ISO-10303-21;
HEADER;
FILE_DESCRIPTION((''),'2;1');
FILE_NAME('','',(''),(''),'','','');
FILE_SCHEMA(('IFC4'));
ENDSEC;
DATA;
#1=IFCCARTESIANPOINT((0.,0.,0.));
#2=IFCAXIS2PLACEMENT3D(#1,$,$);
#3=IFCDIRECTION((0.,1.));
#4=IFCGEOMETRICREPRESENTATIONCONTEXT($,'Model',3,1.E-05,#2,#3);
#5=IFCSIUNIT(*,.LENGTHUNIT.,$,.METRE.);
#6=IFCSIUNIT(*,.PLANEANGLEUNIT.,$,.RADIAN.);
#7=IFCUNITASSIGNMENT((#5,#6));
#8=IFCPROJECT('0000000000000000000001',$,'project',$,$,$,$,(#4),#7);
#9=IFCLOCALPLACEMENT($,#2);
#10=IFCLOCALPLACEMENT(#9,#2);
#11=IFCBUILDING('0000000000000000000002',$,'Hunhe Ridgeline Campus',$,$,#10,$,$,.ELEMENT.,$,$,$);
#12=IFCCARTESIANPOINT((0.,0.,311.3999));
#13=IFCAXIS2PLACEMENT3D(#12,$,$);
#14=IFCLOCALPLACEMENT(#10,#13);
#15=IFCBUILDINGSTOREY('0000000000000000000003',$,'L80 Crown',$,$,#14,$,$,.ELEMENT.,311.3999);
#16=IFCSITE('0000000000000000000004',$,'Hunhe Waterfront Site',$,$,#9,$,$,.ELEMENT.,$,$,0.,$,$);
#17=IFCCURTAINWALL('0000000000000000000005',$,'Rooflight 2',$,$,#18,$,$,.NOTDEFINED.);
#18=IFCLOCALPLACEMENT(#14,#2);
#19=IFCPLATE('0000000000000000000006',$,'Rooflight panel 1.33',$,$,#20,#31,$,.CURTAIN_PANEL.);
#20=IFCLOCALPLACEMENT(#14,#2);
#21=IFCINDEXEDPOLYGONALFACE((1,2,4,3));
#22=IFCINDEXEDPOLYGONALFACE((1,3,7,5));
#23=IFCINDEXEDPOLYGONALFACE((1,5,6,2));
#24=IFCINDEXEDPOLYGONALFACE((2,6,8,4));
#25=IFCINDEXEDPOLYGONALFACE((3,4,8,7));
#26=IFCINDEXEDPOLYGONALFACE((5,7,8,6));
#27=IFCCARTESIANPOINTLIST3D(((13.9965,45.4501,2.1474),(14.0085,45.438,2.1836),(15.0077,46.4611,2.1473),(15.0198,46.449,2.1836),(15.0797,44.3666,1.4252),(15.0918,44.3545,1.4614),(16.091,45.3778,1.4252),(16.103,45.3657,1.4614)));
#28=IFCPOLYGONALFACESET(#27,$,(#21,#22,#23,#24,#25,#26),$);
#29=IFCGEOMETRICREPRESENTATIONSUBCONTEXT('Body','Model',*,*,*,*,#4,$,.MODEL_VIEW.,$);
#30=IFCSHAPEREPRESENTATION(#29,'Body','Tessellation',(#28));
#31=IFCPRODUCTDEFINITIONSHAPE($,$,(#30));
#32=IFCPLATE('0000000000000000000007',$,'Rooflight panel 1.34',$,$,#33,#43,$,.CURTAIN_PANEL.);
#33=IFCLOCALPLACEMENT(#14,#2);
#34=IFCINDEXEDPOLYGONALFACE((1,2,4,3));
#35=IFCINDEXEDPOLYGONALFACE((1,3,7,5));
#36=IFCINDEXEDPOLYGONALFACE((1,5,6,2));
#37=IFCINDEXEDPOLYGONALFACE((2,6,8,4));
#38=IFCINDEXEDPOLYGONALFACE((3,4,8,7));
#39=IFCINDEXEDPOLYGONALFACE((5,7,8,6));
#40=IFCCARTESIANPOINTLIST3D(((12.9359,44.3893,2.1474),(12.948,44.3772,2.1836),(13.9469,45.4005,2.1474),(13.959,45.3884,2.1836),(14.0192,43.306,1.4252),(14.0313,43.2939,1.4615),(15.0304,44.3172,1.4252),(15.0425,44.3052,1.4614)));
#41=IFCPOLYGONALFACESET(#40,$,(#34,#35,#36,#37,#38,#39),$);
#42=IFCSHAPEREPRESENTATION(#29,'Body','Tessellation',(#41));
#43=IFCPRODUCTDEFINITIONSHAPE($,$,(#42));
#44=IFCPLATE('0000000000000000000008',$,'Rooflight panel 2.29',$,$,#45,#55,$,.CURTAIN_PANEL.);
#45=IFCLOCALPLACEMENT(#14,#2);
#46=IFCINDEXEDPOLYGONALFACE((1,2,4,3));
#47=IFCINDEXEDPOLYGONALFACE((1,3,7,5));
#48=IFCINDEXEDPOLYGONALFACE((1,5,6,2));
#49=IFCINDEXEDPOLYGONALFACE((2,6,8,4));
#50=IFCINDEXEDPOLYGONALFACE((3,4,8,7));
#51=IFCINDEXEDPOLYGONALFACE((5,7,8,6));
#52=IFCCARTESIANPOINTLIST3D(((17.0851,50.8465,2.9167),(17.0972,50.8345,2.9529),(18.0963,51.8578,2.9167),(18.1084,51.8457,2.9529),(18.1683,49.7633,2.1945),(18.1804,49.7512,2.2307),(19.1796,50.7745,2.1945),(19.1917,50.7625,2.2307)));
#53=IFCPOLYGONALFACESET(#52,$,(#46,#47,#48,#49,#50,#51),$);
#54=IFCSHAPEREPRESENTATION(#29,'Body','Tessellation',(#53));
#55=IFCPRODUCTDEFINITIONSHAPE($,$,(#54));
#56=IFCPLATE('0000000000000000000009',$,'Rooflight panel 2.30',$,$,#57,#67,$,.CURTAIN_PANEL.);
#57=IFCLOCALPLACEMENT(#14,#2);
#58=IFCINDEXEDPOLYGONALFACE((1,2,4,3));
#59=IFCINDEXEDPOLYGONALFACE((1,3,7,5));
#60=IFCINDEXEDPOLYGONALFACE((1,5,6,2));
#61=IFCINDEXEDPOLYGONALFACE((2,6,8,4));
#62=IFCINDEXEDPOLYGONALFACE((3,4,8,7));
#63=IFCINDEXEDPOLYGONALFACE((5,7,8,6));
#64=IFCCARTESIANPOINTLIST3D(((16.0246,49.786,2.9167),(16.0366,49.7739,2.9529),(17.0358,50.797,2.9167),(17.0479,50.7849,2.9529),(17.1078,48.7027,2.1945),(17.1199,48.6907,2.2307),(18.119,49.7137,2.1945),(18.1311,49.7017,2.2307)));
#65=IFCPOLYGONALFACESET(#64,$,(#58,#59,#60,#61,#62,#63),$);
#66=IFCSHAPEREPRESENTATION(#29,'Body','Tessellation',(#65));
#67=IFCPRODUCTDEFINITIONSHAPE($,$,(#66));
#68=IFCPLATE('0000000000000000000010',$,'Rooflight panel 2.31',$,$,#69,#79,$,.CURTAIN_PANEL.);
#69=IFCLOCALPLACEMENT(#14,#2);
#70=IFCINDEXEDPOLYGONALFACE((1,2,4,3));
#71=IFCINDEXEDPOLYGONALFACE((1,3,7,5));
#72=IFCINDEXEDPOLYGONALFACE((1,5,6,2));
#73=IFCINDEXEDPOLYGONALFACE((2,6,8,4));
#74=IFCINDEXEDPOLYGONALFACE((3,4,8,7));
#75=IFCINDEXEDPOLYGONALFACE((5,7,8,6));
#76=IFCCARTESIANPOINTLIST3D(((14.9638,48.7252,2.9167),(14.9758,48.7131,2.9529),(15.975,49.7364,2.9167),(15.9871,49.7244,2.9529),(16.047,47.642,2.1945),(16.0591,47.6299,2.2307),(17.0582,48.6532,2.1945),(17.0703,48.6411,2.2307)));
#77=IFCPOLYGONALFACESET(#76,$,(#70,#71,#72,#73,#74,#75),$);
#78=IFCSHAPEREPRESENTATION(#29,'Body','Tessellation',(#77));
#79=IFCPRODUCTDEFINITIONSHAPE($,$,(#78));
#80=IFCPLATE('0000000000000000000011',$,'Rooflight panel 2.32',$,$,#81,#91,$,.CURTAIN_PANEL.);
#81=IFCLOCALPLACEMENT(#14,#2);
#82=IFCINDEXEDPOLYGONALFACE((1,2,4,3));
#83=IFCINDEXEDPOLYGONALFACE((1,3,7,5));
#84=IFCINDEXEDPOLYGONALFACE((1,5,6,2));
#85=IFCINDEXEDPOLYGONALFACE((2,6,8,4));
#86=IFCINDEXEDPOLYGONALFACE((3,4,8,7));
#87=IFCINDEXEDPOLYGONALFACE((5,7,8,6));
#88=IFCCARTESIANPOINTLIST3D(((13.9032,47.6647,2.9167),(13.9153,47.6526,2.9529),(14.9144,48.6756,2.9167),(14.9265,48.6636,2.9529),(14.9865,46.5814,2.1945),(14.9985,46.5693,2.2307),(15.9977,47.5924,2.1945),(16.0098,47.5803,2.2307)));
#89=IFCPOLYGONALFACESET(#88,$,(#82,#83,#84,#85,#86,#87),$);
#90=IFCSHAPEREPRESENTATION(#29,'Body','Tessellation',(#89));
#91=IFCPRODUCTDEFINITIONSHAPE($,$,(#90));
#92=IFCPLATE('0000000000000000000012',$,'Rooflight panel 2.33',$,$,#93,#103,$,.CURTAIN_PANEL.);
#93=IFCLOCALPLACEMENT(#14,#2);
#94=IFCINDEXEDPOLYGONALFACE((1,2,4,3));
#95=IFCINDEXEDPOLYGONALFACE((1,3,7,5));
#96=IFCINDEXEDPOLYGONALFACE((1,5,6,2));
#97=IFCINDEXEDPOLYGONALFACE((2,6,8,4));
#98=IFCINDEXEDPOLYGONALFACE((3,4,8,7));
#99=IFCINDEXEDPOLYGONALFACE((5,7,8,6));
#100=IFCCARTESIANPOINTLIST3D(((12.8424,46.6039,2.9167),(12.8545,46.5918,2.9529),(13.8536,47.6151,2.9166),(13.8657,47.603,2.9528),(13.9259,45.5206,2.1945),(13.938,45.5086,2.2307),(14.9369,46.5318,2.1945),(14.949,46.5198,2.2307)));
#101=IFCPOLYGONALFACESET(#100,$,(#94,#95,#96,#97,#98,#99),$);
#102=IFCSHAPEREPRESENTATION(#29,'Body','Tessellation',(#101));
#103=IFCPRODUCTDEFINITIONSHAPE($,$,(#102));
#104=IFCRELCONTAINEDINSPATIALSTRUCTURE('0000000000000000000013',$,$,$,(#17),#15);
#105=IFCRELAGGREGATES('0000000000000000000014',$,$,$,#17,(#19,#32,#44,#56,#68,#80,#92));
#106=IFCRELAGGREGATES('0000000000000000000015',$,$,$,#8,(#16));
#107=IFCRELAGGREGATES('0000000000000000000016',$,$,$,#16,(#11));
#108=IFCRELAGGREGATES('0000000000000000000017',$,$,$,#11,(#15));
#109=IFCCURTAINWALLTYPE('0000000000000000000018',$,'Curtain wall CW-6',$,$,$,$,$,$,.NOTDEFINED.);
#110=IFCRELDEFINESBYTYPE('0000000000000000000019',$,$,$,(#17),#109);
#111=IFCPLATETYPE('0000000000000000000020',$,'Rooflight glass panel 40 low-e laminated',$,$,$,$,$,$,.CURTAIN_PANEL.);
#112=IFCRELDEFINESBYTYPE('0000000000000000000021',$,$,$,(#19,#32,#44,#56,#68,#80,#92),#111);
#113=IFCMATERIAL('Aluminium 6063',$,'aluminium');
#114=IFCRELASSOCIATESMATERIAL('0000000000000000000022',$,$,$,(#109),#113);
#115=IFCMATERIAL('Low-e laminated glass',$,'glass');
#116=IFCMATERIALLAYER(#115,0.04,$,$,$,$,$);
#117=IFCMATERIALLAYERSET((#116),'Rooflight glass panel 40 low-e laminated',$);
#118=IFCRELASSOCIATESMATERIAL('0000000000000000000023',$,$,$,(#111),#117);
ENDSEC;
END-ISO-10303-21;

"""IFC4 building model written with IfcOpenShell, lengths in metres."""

from ifc_helpers import new_model, si_unit, direction, frame, origin, place, context, subcontext, project, spatial, polyline, outline, extrude, material, layer, layer_set, type_object, element, aggregate, save


model = new_model("IFC4")

# Units and contexts
model_context = context("Model", 3, precision=1e-05, world=origin(), true_north=direction((0.0, 1.0)))
body_context = subcontext(model_context, "Body", "Model", "MODEL_VIEW")
ifc_project = project(units=[si_unit("LENGTHUNIT", "METRE"), si_unit("PLANEANGLEUNIT", "RADIAN")], contexts=[model_context])

# Site, building, storey
site_placement = place(None, origin())
site = spatial("IfcSite", under=ifc_project, at=site_placement, Name="Hunhe Waterfront Site", CompositionType="ELEMENT", RefElevation=0.0)
building_placement = place(site_placement, origin())
building = spatial("IfcBuilding", under=site, at=building_placement, Name="Hunhe Ridgeline Campus", CompositionType="ELEMENT")
storey_placement = place(building_placement, frame((0.0, 0.0, 311.3999)))
storey = spatial("IfcBuildingStorey", under=building, at=storey_placement, Name="L80 Crown", CompositionType="ELEMENT", Elevation=311.3999)

# Curtain wall, plates
ifc_material_1 = material(Name="Aluminium 6063", Category="aluminium")
curtain_wall_type = type_object("IfcCurtainWallType", Name="Curtain wall CW-6", PredefinedType="NOTDEFINED", material=ifc_material_1)
curtain_wall_placement = place(storey_placement, origin())
curtain_wall = element("IfcCurtainWall", 1, at=curtain_wall_placement, inside=storey, type_object=curtain_wall_type, Name="Rooflight 2", PredefinedType="NOTDEFINED")
ifc_material_2 = material(Name="Low-e laminated glass", Category="glass")
ifc_layer = layer(ifc_material_2, 0.04)
ifc_layer_set = layer_set([ifc_layer], Name="Rooflight glass panel 40 low-e laminated")
plate_type = type_object("IfcPlateType", Name="Rooflight glass panel 40 low-e laminated", PredefinedType="CURTAIN_PANEL", material=ifc_layer_set)
plate_1_placement = place(storey_placement, frame((16.103, 45.3657, 1.4614), z_axis=(0.301479, -0.301516, 0.904543), x_axis=(-0.639609, 0.639609, 0.426382)))
plate_1 = element("IfcPlate", 2, at=plate_1_placement, type_object=plate_type, Name="Rooflight panel 1.33", PredefinedType="CURTAIN_PANEL", context=body_context, shape_type="SweptSolid", body=[
    extrude(outline(polyline([(0.0, 0.0), (1.6936, 0.0), (1.6938, 1.4299), (0.0, 1.4301), (0.0, 0.0)])), origin(), (0.0, 0.0, -1.0), 0.04),
])
plate_2_placement = place(storey_placement, frame((15.0425, 44.3052, 1.4614), z_axis=(0.301516, -0.301479, 0.904543), x_axis=(-0.639681, 0.639537, 0.426382)))
plate_2 = element("IfcPlate", 3, at=plate_2_placement, type_object=plate_type, Name="Rooflight panel 1.34", PredefinedType="CURTAIN_PANEL", context=body_context, shape_type="SweptSolid", body=[
    extrude(outline(polyline([(0.0, 0.0), (1.6938, 0.0), (1.6938, 1.4299), (0.0001, 1.4301), (0.0, 0.0)])), origin(), (0.0, 0.0, -1.0), 0.04),
])
plate_3_placement = place(storey_placement, frame((19.1917, 50.7625, 2.2307), z_axis=(0.301511, -0.301511, 0.904534), x_axis=(-0.639602, 0.639602, 0.426401)))
plate_3 = element("IfcPlate", 4, at=plate_3_placement, type_object=plate_type, Name="Rooflight panel 2.29", PredefinedType="CURTAIN_PANEL", context=body_context, shape_type="SweptSolid", body=[
    extrude(outline(polyline([(0.0, 0.0), (1.6936, 0.0), (1.6936, 1.4301), (0.0, 1.4301), (0.0, 0.0)])), origin(), (0.0, 0.0, -1.0), 0.04),
])
plate_4_placement = place(storey_placement, frame((18.1311, 49.7017, 2.2307), z_axis=(0.301475, -0.301548, 0.904534), x_axis=(-0.639602, 0.639602, 0.426401)))
plate_4 = element("IfcPlate", 5, at=plate_4_placement, type_object=plate_type, Name="Rooflight panel 2.30", PredefinedType="CURTAIN_PANEL", context=body_context, shape_type="SweptSolid", body=[
    extrude(outline(polyline([(0.0, 0.0), (1.6936, 0.0), (1.6938, 1.4299), (0.0002, 1.4299), (0.0, 0.0)])), origin(), (0.0, 0.0, -1.0), 0.04),
])
plate_5_placement = place(storey_placement, frame((17.0703, 48.6411, 2.2307), z_axis=(0.301511, -0.301511, 0.904534), x_axis=(-0.639602, 0.639602, 0.426401)))
plate_5 = element("IfcPlate", 6, at=plate_5_placement, type_object=plate_type, Name="Rooflight panel 2.31", PredefinedType="CURTAIN_PANEL", context=body_context, shape_type="SweptSolid", body=[
    extrude(outline(polyline([(0.0, 0.0), (1.6936, 0.0), (1.6936, 1.4301), (0.0, 1.4301), (0.0, 0.0)])), origin(), (0.0, 0.0, -1.0), 0.04),
])
plate_6_placement = place(storey_placement, frame((16.0098, 47.5803, 2.2307), z_axis=(0.301475, -0.301548, 0.904534), x_axis=(-0.639602, 0.639602, 0.426401)))
plate_6 = element("IfcPlate", 7, at=plate_6_placement, type_object=plate_type, Name="Rooflight panel 2.32", PredefinedType="CURTAIN_PANEL", context=body_context, shape_type="SweptSolid", body=[
    extrude(outline(polyline([(0.0, 0.0), (1.6936, 0.0), (1.6938, 1.4299), (0.0002, 1.4299), (0.0, 0.0)])), origin(), (0.0, 0.0, -1.0), 0.04),
])
plate_7_placement = place(storey_placement, frame((14.949, 46.5198, 2.2307), z_axis=(0.301516, -0.301479, 0.904543), x_axis=(-0.639609, 0.639609, 0.426382)))
plate_7 = element("IfcPlate", 8, at=plate_7_placement, type_object=plate_type, Name="Rooflight panel 2.33", PredefinedType="CURTAIN_PANEL", context=body_context, shape_type="SweptSolid", body=[
    extrude(outline(polyline([(0.0, 0.0), (1.6936, 0.0), (1.6936, 1.4301), (-0.0002, 1.4299), (0.0, 0.0)])), origin(), (0.0, 0.0, -1.0), 0.04),
])
aggregate(curtain_wall, [plate_1, plate_2, plate_3, plate_4, plate_5, plate_6, plate_7])

save(model, "model.ifc")
